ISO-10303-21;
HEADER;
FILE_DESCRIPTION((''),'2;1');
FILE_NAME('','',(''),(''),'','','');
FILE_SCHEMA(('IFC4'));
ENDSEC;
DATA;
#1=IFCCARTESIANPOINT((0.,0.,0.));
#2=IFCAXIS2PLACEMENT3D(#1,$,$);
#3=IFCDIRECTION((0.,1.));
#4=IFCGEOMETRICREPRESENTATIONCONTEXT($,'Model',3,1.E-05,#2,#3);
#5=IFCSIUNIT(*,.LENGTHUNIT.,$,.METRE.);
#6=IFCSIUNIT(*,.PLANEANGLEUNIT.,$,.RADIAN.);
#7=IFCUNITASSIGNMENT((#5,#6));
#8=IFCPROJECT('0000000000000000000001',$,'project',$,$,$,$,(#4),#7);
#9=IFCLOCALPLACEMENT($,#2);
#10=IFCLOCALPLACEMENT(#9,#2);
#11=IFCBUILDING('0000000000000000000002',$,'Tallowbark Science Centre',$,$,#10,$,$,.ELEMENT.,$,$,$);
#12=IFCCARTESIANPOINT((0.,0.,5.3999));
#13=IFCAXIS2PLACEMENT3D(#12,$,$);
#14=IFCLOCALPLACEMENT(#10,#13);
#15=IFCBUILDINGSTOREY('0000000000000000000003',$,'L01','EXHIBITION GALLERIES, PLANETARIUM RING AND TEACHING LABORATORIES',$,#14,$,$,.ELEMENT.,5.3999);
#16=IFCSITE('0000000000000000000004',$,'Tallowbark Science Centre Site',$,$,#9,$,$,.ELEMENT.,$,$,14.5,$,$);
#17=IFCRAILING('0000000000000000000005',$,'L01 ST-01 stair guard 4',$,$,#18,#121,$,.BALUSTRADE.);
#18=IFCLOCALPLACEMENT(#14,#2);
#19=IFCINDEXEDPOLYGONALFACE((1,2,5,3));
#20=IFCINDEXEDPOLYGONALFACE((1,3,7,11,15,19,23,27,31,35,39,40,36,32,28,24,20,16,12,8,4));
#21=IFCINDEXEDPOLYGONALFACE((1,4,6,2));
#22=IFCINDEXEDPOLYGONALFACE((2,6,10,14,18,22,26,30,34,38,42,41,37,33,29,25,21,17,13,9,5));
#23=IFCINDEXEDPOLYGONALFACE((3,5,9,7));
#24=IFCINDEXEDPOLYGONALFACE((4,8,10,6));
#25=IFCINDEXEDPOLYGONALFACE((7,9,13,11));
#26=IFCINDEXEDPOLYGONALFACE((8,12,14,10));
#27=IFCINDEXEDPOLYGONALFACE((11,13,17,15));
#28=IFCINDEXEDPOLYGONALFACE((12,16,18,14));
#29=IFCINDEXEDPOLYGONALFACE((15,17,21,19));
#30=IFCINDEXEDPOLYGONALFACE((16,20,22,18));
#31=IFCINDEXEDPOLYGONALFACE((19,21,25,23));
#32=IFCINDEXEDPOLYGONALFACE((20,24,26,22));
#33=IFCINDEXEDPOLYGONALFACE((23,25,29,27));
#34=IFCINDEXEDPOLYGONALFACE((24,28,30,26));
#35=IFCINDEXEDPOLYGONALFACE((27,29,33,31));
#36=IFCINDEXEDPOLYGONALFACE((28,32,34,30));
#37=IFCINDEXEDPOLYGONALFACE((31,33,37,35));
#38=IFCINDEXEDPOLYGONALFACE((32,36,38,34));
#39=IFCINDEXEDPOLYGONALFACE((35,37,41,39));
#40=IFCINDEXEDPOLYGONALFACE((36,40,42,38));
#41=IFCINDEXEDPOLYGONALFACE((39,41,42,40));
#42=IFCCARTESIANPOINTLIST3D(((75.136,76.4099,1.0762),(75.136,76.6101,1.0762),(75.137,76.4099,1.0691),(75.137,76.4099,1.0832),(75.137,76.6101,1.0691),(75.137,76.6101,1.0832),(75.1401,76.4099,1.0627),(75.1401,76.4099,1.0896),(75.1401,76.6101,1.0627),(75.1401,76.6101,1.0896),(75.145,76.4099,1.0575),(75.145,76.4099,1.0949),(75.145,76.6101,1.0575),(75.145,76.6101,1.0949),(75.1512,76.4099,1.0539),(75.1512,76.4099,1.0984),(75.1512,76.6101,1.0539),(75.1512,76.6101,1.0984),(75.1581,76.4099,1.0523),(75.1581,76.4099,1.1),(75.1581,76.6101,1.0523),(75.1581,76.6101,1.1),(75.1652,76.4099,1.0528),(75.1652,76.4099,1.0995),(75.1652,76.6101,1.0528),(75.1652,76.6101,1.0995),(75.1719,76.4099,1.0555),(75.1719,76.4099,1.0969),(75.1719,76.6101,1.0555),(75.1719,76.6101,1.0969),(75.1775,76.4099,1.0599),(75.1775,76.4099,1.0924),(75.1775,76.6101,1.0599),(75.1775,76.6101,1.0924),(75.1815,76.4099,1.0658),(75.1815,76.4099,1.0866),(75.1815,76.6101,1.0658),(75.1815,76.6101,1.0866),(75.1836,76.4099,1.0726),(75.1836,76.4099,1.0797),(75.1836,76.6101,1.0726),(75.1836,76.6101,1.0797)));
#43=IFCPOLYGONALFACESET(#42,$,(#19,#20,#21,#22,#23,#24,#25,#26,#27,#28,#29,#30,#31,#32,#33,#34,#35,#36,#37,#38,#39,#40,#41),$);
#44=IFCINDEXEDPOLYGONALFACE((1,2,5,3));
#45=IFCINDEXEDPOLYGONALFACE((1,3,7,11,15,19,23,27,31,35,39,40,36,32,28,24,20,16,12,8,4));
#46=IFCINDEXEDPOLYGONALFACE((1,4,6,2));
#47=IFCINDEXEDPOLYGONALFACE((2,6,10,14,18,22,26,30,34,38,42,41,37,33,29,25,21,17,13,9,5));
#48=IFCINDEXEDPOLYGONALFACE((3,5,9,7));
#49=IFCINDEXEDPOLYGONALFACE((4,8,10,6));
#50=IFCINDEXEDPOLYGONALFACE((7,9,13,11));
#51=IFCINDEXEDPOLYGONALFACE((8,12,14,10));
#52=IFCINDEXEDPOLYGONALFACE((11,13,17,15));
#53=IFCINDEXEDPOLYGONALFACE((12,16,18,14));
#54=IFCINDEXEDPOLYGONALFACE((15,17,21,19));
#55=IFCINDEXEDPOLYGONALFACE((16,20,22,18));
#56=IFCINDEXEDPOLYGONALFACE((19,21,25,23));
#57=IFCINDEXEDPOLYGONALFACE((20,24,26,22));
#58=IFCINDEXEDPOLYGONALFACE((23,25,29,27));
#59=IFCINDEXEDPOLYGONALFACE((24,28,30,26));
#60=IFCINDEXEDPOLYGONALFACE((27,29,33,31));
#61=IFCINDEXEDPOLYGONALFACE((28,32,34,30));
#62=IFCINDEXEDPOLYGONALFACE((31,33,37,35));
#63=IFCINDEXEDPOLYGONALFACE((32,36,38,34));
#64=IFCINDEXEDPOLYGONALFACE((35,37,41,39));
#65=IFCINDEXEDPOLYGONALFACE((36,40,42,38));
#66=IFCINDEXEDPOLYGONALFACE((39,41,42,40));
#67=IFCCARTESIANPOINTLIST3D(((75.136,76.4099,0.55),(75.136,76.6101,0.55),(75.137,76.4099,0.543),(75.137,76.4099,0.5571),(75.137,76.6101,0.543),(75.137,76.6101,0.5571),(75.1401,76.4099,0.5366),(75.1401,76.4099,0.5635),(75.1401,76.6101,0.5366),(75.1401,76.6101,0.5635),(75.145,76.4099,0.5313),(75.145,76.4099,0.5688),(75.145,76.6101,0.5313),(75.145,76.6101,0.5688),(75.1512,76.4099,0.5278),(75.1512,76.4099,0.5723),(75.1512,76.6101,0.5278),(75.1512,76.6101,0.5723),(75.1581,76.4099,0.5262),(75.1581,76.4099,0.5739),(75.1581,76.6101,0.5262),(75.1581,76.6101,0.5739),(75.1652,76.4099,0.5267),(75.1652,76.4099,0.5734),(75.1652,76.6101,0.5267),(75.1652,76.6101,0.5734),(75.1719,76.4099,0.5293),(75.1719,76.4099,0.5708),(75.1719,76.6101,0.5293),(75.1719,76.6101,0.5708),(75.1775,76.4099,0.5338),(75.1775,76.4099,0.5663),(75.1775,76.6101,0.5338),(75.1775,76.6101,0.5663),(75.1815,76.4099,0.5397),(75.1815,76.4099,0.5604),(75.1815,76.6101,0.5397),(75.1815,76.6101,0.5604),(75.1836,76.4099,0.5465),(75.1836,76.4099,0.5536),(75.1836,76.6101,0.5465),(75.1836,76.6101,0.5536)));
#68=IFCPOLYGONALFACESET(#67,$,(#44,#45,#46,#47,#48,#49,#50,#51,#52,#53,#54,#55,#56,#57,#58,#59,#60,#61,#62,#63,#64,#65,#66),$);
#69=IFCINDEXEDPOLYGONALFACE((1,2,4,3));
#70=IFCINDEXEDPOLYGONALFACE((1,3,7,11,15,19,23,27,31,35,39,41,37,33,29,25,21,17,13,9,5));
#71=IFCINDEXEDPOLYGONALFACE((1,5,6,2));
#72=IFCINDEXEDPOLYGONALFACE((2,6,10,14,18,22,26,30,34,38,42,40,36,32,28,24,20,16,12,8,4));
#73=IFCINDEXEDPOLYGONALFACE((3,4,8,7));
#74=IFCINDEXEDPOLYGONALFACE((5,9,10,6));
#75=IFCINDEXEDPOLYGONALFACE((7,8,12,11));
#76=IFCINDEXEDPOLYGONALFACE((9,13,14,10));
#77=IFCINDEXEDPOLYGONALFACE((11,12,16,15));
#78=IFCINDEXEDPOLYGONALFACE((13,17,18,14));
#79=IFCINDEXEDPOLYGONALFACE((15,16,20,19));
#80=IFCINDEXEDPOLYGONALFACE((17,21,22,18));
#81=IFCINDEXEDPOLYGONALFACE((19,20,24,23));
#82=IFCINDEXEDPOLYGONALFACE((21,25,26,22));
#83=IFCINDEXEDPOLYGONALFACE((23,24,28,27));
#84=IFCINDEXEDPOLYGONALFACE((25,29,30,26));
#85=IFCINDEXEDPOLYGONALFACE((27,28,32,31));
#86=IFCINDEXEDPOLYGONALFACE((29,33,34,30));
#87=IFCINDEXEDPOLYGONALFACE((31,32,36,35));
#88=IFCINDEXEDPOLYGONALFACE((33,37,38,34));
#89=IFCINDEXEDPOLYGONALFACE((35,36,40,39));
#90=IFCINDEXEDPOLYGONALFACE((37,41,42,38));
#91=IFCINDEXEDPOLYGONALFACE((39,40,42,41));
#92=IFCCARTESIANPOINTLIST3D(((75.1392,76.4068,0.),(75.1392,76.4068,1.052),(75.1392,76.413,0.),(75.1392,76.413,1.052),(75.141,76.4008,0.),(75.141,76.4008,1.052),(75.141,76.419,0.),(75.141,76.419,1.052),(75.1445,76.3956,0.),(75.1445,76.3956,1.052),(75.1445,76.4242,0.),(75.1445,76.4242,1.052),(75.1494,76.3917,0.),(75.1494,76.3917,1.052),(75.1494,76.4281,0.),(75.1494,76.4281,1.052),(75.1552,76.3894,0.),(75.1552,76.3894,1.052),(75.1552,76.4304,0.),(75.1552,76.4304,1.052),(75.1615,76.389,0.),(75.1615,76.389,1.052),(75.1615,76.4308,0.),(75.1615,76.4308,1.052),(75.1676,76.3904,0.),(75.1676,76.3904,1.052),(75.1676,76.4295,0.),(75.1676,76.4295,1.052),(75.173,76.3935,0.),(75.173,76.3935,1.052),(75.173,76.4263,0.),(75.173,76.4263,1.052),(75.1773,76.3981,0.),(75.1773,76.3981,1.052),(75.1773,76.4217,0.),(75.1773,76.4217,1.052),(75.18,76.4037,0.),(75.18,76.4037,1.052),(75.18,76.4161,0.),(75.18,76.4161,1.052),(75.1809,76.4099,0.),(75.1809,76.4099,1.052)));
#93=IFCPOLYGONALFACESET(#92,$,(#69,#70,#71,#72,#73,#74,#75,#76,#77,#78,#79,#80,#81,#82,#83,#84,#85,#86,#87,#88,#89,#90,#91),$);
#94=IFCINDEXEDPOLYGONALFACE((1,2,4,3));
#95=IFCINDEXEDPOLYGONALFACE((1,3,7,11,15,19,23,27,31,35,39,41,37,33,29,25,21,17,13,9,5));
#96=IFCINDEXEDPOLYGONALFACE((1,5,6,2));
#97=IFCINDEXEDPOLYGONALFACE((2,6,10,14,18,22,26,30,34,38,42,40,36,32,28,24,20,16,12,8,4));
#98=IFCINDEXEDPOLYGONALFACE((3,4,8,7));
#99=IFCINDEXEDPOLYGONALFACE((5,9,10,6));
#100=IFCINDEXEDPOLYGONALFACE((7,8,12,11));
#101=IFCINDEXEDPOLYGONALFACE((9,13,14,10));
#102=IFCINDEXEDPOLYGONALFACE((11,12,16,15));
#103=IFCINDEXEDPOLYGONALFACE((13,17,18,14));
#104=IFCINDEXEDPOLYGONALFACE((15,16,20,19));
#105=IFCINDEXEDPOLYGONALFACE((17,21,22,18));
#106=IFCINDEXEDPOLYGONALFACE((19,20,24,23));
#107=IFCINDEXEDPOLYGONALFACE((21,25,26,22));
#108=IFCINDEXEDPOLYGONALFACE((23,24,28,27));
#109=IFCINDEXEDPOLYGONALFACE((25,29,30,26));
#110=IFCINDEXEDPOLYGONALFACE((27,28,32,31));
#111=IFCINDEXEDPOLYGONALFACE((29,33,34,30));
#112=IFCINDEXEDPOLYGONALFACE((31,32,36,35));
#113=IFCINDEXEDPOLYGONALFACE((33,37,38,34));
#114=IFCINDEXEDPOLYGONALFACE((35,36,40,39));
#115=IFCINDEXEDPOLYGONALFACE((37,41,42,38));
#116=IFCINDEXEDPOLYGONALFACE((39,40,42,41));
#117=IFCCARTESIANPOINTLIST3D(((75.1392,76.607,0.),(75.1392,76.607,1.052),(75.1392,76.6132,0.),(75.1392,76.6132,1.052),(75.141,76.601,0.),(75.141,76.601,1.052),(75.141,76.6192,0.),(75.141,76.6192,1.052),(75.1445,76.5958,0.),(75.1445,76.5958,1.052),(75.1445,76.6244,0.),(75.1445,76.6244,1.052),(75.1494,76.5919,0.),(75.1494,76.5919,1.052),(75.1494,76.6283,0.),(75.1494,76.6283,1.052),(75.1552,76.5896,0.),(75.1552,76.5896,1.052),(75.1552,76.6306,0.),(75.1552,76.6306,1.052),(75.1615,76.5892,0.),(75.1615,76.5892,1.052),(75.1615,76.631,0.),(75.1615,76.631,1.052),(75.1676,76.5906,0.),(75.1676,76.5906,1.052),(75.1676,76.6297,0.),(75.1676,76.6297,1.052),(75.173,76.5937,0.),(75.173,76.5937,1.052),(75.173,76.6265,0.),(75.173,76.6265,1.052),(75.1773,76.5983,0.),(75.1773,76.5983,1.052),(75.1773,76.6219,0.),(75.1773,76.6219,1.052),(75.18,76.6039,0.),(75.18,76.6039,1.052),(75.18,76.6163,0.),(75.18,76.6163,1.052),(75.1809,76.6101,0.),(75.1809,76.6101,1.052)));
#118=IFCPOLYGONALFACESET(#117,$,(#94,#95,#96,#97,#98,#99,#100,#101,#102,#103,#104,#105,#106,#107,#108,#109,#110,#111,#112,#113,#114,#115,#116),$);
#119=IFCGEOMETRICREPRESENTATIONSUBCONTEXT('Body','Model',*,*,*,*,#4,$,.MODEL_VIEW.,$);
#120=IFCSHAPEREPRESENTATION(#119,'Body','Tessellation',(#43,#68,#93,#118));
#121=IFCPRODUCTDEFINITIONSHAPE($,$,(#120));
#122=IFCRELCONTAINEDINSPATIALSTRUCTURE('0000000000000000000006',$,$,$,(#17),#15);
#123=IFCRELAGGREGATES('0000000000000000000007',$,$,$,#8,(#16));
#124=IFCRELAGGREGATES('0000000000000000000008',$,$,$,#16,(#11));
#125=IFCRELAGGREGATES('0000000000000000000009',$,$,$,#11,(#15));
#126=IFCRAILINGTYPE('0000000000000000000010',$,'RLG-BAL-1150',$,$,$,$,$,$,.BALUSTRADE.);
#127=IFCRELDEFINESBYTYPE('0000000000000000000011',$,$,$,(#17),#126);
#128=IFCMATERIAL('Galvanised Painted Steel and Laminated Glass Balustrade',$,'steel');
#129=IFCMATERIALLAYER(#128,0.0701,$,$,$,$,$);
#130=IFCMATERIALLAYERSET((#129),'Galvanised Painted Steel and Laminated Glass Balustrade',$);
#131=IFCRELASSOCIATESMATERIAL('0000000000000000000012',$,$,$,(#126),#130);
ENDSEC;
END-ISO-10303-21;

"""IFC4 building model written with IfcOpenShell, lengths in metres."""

from ifc_helpers import new_model, si_unit, direction, frame, origin, origin_2d, place, context, subcontext, project, spatial, circle, extrude, material, layer, layer_set, type_object, element, save


model = new_model("IFC4")

# Units and contexts
model_context = context("Model", 3, precision=1e-05, world=origin(), true_north=direction((0.0, 1.0)))
body_context = subcontext(model_context, "Body", "Model", "MODEL_VIEW")
ifc_project = project(units=[si_unit("LENGTHUNIT", "METRE"), si_unit("PLANEANGLEUNIT", "RADIAN")], contexts=[model_context])

# Site, building, storey
site_placement = place(None, origin())
site = spatial("IfcSite", under=ifc_project, at=site_placement, Name="Tallowbark Science Centre Site", CompositionType="ELEMENT", RefElevation=14.5)
building_placement = place(site_placement, origin())
building = spatial("IfcBuilding", under=site, at=building_placement, Name="Tallowbark Science Centre", CompositionType="ELEMENT")
storey_placement = place(building_placement, frame((0.0, 0.0, 5.3999)))
storey = spatial("IfcBuildingStorey", under=building, at=storey_placement, Name="L01", Description="EXHIBITION GALLERIES, PLANETARIUM RING AND TEACHING LABORATORIES", CompositionType="ELEMENT", Elevation=5.3999)

# Railing
ifc_material_1 = material(Name="Galvanised Painted Steel and Laminated Glass Balustrade", Category="steel")
ifc_layer_1 = layer(ifc_material_1, 0.0701)
ifc_layer_set_1 = layer_set([ifc_layer_1], Name="Galvanised Painted Steel and Laminated Glass Balustrade")
railing_type_1 = type_object("IfcRailingType", Name="RLG-BAL-1150", PredefinedType="BALUSTRADE", material=ifc_layer_set_1)
railing_1_placement = place(storey_placement, frame((75.1599, 76.4099, 0.0)))
element("IfcRailing", 1, at=railing_1_placement, inside=storey, type_object=railing_type_1, Name="L01 ST-01 stair guard 4", PredefinedType="BALUSTRADE", context=body_context, shape_type="SweptSolid", body=[
    extrude(circle(Radius=0.0239, at=origin_2d()), frame((0.0, 0.0, 1.0762), z_axis=(0.0, 1.0, 0.0), x_axis=(-1.0, 0.0, 0.0)), (0.0, 0.0, 1.0), 0.2002),
    extrude(circle(Radius=0.0239, at=origin_2d()), frame((0.0, 0.0, 0.55), z_axis=(0.0, 1.0, 0.0), x_axis=(-1.0, 0.0, 0.0)), (0.0, 0.0, 1.0), 0.2002),
    extrude(circle(Radius=0.021, at=origin_2d()), origin(), (0.0, 0.0, 1.0), 1.052),
    extrude(circle(Radius=0.021, at=origin_2d()), frame((0.0, 0.2002, 0.0)), (0.0, 0.0, 1.0), 1.052),
])

save(model, "model.ifc")
